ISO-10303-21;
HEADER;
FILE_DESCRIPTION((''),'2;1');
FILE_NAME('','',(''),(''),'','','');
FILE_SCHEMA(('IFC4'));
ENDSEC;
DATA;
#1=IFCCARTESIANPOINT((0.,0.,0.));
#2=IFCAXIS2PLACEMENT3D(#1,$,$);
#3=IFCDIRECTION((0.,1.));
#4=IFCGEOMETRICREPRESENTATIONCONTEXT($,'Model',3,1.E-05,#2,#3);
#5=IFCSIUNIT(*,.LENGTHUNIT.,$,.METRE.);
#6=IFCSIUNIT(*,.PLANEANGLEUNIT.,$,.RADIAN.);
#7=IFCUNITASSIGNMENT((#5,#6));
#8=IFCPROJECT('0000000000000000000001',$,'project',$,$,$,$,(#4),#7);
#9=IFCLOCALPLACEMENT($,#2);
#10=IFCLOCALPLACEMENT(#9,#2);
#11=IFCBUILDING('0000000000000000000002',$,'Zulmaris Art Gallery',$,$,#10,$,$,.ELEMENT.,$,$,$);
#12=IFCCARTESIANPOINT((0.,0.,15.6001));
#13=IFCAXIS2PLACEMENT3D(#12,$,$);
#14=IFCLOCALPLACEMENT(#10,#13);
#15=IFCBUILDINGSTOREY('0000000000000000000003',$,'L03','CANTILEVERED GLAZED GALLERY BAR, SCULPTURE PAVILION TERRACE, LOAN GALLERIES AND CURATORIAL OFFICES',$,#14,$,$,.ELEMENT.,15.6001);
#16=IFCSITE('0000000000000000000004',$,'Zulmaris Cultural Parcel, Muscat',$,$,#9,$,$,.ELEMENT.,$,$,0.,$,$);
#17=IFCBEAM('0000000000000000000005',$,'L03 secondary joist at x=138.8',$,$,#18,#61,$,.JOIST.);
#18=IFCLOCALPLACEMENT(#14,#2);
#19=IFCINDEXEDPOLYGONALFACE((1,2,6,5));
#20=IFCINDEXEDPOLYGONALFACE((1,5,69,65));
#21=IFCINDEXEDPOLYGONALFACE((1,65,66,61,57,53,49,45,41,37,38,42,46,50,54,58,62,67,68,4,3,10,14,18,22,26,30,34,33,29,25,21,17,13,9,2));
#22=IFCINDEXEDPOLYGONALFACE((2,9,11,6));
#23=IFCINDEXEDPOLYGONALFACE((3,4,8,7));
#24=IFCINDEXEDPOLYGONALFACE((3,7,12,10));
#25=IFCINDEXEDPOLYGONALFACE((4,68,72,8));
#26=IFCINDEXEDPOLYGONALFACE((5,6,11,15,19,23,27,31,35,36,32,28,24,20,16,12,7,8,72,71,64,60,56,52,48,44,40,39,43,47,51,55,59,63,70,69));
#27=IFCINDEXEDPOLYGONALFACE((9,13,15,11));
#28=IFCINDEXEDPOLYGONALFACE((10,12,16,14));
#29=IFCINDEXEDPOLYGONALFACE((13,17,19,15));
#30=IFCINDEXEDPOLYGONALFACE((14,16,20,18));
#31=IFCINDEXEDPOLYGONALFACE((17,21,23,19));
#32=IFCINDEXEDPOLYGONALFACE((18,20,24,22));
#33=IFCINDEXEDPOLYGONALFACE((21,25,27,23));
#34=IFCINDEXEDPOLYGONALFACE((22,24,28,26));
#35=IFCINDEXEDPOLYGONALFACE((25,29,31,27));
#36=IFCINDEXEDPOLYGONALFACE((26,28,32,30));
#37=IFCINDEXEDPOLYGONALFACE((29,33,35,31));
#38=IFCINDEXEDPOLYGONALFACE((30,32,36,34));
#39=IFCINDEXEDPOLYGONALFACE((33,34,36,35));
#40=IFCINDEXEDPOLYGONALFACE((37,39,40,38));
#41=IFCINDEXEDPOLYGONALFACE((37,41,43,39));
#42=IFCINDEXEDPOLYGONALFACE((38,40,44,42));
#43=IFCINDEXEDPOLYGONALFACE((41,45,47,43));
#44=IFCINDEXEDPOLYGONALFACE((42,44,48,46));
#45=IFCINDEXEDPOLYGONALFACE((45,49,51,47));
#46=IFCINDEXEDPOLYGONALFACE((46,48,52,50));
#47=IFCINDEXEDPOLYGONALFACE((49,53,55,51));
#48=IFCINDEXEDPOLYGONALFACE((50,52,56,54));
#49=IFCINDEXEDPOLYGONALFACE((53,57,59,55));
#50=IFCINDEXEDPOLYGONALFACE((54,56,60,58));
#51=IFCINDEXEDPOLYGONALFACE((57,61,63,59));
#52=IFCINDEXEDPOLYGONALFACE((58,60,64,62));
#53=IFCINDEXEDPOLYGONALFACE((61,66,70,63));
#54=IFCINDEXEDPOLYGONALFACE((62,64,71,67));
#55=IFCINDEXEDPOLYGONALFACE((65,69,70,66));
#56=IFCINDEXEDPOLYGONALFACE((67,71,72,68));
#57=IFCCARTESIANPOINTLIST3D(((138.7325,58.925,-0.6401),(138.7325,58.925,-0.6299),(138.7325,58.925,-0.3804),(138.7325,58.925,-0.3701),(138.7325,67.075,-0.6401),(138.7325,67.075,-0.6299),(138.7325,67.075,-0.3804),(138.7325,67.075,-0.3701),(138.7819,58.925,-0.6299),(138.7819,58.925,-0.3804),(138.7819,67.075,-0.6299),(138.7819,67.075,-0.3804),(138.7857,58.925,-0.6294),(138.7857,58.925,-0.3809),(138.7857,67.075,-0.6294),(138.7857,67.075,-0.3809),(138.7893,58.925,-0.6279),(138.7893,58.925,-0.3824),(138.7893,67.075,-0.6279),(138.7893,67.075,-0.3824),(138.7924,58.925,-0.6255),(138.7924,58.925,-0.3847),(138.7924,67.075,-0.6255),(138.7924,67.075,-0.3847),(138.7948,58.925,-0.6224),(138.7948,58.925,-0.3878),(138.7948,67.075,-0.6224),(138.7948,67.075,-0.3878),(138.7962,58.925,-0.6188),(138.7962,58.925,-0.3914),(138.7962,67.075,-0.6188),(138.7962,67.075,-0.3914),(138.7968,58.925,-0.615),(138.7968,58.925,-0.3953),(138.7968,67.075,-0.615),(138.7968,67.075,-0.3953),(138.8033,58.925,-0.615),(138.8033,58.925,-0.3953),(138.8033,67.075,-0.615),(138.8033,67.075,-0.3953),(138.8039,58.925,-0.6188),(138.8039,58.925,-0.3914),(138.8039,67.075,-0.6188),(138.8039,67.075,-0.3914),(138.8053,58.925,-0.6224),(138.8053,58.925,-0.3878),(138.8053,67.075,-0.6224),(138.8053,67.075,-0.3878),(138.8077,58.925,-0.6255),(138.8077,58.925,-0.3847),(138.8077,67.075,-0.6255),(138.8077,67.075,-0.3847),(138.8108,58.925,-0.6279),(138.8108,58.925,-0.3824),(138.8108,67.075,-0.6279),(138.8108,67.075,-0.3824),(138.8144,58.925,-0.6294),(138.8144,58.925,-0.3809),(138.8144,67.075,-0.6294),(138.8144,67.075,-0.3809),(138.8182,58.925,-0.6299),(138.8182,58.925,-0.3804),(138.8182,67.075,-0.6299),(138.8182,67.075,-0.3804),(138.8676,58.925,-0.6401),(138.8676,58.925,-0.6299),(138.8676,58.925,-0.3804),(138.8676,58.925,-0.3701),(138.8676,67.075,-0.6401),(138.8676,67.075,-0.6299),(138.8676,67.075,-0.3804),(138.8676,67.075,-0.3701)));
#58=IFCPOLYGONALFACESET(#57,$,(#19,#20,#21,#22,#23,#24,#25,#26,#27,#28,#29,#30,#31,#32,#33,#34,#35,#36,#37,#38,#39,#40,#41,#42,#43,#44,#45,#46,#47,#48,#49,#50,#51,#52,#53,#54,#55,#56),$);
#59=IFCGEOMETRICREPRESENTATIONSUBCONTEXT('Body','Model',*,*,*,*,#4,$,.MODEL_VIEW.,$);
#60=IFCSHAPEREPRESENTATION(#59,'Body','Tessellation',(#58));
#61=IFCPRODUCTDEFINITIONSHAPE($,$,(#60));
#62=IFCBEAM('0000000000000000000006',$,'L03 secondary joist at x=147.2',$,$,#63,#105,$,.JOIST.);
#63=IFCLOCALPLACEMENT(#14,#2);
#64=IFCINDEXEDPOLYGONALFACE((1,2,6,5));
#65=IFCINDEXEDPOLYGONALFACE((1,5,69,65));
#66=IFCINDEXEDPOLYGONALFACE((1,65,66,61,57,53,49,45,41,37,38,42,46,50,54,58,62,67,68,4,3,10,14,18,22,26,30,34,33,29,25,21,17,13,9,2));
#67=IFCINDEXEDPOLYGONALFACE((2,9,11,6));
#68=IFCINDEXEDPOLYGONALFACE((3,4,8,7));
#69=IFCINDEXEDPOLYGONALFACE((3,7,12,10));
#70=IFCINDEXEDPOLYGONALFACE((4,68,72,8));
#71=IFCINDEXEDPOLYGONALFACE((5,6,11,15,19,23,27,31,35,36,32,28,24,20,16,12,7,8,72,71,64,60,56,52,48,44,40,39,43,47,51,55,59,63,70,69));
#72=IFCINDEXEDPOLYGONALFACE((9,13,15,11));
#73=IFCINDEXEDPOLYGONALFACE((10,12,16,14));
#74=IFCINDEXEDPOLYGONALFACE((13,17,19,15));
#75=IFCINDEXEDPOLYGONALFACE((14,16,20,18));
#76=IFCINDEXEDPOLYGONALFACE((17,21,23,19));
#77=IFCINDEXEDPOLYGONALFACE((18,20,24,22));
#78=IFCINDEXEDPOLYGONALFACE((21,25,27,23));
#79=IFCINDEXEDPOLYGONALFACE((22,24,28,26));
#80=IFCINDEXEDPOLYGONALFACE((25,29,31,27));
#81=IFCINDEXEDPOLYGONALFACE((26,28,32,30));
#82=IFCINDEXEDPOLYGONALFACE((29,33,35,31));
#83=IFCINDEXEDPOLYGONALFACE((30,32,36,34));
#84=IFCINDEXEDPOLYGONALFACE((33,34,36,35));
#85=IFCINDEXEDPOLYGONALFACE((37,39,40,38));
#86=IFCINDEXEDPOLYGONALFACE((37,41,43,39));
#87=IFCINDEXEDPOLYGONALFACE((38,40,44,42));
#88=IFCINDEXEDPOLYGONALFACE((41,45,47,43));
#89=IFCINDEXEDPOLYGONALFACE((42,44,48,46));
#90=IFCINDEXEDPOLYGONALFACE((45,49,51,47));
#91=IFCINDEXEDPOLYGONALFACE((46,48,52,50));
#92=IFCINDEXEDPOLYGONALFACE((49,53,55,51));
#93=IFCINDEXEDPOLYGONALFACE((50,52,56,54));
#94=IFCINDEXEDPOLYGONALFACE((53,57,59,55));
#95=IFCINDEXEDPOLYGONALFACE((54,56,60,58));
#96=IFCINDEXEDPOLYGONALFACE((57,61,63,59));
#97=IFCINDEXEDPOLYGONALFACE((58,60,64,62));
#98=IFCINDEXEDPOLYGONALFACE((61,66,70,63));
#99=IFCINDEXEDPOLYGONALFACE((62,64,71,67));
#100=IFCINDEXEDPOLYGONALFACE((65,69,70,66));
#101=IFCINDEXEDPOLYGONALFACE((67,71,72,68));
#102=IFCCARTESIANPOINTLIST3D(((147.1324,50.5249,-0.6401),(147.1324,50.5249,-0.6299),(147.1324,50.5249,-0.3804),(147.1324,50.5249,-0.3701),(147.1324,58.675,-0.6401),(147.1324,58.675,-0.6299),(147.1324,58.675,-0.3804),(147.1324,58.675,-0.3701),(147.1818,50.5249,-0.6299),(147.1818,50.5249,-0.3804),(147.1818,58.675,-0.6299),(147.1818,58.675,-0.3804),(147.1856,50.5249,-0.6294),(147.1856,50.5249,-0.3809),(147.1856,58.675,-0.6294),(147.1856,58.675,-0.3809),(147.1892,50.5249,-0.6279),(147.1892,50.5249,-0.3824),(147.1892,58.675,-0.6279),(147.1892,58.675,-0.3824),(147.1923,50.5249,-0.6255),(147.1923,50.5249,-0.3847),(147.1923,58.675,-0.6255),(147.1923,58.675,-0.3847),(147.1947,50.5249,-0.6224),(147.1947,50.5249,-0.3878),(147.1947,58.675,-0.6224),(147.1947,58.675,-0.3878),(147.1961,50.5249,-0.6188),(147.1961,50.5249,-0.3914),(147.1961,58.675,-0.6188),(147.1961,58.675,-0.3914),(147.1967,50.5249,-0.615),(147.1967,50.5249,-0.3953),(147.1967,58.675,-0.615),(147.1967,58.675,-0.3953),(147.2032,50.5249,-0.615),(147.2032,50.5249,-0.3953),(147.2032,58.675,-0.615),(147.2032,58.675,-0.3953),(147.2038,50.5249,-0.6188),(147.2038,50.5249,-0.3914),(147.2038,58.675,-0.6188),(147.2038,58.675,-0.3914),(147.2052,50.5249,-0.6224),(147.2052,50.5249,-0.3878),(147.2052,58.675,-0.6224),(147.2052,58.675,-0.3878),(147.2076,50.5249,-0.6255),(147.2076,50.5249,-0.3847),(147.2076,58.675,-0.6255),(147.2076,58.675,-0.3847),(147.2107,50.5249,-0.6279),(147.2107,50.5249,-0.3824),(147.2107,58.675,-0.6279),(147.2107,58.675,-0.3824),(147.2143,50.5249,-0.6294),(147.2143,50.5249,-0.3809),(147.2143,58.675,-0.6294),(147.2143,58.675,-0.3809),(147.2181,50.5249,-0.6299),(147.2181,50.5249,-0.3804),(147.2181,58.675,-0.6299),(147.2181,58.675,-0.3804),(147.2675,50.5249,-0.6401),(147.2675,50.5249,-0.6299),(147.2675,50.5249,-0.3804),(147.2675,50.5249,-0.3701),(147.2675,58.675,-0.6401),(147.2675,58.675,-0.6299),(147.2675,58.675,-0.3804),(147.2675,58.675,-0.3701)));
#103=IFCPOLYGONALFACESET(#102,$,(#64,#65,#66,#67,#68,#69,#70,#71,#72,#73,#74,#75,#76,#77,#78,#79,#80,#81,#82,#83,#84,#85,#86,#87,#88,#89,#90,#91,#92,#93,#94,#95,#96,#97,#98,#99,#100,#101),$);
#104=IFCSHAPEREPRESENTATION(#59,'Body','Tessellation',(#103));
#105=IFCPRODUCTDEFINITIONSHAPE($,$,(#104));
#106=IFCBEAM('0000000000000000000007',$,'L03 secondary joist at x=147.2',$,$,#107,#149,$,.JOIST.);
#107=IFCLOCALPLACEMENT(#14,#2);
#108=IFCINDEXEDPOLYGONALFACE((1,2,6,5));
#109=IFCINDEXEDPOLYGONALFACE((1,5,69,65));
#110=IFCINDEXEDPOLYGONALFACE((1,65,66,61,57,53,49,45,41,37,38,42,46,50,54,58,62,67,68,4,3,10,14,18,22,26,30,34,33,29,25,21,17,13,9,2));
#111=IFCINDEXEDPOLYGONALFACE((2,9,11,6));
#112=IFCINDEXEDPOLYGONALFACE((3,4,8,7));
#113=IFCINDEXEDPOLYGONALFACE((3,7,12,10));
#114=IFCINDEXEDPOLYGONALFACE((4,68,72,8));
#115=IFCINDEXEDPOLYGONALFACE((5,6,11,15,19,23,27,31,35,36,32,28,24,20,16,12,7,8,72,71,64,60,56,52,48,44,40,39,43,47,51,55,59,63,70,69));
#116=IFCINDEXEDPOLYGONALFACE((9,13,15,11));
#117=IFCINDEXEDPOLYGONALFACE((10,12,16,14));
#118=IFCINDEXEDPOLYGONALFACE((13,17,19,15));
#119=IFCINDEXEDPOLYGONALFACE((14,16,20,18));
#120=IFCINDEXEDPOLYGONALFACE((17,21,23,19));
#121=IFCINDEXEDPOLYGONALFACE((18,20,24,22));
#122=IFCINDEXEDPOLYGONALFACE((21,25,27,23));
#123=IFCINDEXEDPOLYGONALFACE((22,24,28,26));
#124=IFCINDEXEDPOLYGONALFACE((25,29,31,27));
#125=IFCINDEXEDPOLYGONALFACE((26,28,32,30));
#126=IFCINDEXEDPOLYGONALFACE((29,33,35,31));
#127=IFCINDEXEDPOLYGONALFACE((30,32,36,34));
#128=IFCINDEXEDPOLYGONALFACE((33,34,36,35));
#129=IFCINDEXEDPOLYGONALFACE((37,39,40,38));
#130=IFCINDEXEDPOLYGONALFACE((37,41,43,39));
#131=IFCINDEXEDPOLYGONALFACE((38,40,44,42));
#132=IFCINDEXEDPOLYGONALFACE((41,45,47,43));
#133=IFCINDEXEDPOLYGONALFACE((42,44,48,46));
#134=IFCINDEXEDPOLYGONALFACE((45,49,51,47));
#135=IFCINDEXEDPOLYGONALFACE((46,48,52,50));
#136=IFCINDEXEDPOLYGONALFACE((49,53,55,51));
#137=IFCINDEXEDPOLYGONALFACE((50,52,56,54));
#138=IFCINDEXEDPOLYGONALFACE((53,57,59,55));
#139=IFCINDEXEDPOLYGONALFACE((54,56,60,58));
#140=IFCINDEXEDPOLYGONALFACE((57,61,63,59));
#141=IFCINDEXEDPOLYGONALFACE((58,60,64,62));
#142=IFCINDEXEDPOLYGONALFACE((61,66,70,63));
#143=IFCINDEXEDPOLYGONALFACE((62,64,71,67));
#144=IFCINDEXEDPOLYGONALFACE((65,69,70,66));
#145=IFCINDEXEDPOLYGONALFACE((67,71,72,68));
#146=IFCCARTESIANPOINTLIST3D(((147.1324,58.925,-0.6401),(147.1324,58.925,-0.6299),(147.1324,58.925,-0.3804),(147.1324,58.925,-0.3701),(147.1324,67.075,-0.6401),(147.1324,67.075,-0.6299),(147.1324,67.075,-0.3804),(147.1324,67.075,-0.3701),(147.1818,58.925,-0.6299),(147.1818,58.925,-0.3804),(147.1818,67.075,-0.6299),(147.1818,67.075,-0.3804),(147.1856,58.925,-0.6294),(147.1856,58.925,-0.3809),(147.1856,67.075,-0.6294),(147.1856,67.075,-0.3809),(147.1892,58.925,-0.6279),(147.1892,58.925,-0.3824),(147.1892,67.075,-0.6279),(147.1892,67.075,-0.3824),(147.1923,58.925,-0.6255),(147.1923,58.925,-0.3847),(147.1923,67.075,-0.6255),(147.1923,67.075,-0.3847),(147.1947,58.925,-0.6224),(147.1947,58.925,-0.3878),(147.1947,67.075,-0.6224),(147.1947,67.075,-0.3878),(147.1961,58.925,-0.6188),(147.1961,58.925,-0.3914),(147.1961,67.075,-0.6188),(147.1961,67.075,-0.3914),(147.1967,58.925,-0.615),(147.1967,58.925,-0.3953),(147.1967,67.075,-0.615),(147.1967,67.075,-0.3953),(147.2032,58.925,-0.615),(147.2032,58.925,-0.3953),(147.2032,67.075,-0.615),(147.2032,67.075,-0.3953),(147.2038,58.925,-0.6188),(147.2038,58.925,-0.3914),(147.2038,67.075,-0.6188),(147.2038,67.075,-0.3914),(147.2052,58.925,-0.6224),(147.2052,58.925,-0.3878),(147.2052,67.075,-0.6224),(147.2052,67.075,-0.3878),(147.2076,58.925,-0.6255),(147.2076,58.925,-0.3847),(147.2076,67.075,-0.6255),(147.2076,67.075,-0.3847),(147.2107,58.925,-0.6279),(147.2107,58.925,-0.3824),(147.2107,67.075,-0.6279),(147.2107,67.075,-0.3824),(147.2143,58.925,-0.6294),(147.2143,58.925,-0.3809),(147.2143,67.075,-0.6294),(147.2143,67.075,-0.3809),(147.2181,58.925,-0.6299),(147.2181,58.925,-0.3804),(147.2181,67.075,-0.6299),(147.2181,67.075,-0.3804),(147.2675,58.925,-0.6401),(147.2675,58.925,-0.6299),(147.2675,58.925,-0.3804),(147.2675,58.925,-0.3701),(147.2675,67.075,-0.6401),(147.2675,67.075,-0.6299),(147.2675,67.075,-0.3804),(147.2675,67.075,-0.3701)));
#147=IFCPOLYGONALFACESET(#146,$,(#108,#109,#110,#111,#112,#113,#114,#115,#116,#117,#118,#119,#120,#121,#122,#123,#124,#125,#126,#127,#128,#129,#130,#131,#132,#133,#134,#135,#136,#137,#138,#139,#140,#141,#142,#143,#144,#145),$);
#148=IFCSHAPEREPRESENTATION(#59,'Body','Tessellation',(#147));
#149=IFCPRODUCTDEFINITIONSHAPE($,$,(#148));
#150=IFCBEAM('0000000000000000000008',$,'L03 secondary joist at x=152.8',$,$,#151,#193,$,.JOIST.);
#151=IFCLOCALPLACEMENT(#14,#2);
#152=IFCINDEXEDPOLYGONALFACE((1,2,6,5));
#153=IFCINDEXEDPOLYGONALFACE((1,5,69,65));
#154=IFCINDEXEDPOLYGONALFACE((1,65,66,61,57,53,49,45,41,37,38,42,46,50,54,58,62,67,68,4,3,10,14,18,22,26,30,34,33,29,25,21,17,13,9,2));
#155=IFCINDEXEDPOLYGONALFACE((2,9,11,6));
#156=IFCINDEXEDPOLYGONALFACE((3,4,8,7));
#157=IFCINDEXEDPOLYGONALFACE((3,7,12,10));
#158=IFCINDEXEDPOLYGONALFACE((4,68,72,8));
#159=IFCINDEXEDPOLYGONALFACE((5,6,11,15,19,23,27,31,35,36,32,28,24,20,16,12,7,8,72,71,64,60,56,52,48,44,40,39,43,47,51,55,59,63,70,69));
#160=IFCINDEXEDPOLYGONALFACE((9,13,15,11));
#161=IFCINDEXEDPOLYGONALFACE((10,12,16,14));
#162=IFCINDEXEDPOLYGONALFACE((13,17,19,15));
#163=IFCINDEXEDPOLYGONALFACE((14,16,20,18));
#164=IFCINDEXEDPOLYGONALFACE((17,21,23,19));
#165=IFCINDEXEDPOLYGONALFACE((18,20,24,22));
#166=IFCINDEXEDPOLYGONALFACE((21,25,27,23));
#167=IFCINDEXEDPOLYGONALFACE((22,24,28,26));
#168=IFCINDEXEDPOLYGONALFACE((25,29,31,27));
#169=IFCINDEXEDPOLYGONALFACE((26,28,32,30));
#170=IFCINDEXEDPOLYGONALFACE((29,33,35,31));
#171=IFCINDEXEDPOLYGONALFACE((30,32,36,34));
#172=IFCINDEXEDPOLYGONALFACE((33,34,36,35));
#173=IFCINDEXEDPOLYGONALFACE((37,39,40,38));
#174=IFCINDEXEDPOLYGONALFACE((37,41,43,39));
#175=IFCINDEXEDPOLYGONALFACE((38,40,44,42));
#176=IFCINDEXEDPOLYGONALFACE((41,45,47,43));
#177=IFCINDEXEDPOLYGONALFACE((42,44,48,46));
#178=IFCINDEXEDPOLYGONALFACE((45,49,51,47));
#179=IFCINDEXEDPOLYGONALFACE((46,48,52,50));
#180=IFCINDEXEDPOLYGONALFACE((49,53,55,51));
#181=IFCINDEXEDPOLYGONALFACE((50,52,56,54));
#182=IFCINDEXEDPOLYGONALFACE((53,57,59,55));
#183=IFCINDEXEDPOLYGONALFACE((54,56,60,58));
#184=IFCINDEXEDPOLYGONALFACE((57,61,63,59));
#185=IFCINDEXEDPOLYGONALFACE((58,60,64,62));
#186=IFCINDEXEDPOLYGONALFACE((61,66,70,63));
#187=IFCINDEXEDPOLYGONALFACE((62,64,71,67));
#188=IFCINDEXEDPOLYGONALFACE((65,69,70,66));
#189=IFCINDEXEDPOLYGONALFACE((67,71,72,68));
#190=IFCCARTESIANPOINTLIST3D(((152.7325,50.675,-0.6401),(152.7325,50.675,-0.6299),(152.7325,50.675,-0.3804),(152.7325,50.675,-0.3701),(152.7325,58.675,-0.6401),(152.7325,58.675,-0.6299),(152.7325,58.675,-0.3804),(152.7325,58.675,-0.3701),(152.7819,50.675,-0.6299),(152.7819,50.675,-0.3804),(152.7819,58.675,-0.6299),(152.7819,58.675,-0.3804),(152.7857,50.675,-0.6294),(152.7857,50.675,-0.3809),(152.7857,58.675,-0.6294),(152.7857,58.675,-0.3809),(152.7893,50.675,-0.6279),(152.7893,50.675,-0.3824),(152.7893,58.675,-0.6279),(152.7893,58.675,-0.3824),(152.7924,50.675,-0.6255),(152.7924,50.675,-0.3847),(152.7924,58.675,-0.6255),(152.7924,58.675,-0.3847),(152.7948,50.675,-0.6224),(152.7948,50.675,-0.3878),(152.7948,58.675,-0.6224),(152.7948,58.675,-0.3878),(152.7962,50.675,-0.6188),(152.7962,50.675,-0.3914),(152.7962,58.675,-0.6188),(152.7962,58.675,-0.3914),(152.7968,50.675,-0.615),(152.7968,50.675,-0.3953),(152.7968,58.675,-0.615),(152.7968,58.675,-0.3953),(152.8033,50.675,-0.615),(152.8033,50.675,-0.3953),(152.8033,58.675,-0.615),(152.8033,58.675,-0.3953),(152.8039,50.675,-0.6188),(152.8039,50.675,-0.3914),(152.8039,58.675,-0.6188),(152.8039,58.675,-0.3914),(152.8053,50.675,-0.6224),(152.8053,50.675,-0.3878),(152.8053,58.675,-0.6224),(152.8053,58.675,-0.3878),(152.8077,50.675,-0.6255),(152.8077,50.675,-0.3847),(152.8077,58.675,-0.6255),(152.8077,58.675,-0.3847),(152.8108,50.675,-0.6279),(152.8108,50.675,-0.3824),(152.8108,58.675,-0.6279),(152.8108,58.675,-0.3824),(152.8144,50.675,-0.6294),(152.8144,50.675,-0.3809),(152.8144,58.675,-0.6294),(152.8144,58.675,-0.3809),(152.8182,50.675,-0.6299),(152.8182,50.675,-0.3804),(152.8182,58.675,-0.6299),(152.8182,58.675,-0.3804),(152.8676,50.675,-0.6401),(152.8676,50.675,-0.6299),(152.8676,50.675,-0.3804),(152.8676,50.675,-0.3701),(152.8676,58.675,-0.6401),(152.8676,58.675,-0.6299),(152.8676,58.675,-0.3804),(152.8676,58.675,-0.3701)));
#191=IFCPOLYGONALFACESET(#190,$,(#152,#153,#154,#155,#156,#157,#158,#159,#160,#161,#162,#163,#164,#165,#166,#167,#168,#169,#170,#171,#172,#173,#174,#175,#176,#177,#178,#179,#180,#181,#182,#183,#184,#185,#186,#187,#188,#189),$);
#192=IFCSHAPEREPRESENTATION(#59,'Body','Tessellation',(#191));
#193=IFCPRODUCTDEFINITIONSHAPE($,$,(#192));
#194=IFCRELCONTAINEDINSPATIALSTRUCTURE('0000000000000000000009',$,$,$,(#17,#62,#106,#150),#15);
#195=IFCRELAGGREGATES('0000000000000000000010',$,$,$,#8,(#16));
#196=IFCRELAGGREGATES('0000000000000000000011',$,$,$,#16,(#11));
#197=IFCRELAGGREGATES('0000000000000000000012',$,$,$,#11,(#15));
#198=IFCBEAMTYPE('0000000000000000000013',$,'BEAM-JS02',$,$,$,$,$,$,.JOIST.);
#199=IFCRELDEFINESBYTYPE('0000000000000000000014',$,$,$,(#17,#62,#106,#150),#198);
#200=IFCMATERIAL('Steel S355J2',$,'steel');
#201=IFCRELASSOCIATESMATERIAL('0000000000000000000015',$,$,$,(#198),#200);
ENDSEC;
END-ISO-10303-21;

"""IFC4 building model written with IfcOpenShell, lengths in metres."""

from ifc_helpers import new_model, si_unit, direction, frame, origin, origin_2d, place, context, subcontext, project, spatial, i_section, extrude, material, material_profile, profile_set, type_object, element, save


model = new_model("IFC4")

# Units and contexts
model_context = context("Model", 3, precision=1e-05, world=origin(), true_north=direction((0.0, 1.0)))
body_context = subcontext(model_context, "Body", "Model", "MODEL_VIEW")
ifc_project = project(units=[si_unit("LENGTHUNIT", "METRE"), si_unit("PLANEANGLEUNIT", "RADIAN")], contexts=[model_context])

# Site, building, storey
site_placement = place(None, origin())
site = spatial("IfcSite", under=ifc_project, at=site_placement, Name="Zulmaris Cultural Parcel, Muscat", CompositionType="ELEMENT", RefElevation=0.0)
building_placement = place(site_placement, origin())
building = spatial("IfcBuilding", under=site, at=building_placement, Name="Zulmaris Art Gallery", CompositionType="ELEMENT")
storey_placement = place(building_placement, frame((0.0, 0.0, 15.6001)))
storey = spatial("IfcBuildingStorey", under=building, at=storey_placement, Name="L03", Description="CANTILEVERED GLAZED GALLERY BAR, SCULPTURE PAVILION TERRACE, LOAN GALLERIES AND CURATORIAL OFFICES", CompositionType="ELEMENT", Elevation=15.6001)

# Beams
ifc_material_1 = material(Name="Steel S355J2", Category="steel")
ifc_material_profile_1 = material_profile(ifc_material_1, i_section(OverallWidth=0.135, OverallDepth=0.27, WebThickness=0.0066, FlangeThickness=0.0103, FilletRadius=0.0149, at=origin_2d()), Name="IPE 270")
ifc_profile_set_1 = profile_set([ifc_material_profile_1], Name="Steel S355J2")
beam_type_1 = type_object("IfcBeamType", Name="BEAM-JS02", PredefinedType="JOIST", material=ifc_profile_set_1)
beam_1_placement = place(storey_placement, frame((138.8, 58.925, -0.5051), z_axis=(0.0, 1.0, 0.0), x_axis=(-1.0, 0.0, 0.0)))
element("IfcBeam", 1, at=beam_1_placement, inside=storey, type_object=beam_type_1, Name="L03 secondary joist at x=138.8", PredefinedType="JOIST", context=body_context, shape_type="SweptSolid", body=[
    extrude(i_section(OverallWidth=0.135, OverallDepth=0.27, WebThickness=0.0066, FlangeThickness=0.0103, FilletRadius=0.0149, at=origin_2d()), origin(), (0.0, 0.0, 1.0), 8.1499),
])
beam_2_placement = place(storey_placement, frame((147.2, 50.5249, -0.5051), z_axis=(0.0, 1.0, 0.0), x_axis=(-1.0, 0.0, 0.0)))
element("IfcBeam", 2, at=beam_2_placement, inside=storey, type_object=beam_type_1, Name="L03 secondary joist at x=147.2", PredefinedType="JOIST", context=body_context, shape_type="SweptSolid", body=[
    extrude(i_section(OverallWidth=0.135, OverallDepth=0.27, WebThickness=0.0066, FlangeThickness=0.0103, FilletRadius=0.0149, at=origin_2d()), origin(), (0.0, 0.0, 1.0), 8.1501),
])
beam_3_placement = place(storey_placement, frame((147.2, 58.925, -0.5051), z_axis=(0.0, 1.0, 0.0), x_axis=(-1.0, 0.0, 0.0)))
element("IfcBeam", 3, at=beam_3_placement, inside=storey, type_object=beam_type_1, Name="L03 secondary joist at x=147.2", PredefinedType="JOIST", context=body_context, shape_type="SweptSolid", body=[
    extrude(i_section(OverallWidth=0.135, OverallDepth=0.27, WebThickness=0.0066, FlangeThickness=0.0103, FilletRadius=0.0149, at=origin_2d()), origin(), (0.0, 0.0, 1.0), 8.1499),
])
beam_4_placement = place(storey_placement, frame((152.8, 50.675, -0.5051), z_axis=(0.0, 1.0, 0.0), x_axis=(-1.0, 0.0, 0.0)))
element("IfcBeam", 4, at=beam_4_placement, inside=storey, type_object=beam_type_1, Name="L03 secondary joist at x=152.8", PredefinedType="JOIST", context=body_context, shape_type="SweptSolid", body=[
    extrude(i_section(OverallWidth=0.135, OverallDepth=0.27, WebThickness=0.0066, FlangeThickness=0.0103, FilletRadius=0.0149, at=origin_2d()), origin(), (0.0, 0.0, 1.0), 8.0),
])

save(model, "model.ifc")
